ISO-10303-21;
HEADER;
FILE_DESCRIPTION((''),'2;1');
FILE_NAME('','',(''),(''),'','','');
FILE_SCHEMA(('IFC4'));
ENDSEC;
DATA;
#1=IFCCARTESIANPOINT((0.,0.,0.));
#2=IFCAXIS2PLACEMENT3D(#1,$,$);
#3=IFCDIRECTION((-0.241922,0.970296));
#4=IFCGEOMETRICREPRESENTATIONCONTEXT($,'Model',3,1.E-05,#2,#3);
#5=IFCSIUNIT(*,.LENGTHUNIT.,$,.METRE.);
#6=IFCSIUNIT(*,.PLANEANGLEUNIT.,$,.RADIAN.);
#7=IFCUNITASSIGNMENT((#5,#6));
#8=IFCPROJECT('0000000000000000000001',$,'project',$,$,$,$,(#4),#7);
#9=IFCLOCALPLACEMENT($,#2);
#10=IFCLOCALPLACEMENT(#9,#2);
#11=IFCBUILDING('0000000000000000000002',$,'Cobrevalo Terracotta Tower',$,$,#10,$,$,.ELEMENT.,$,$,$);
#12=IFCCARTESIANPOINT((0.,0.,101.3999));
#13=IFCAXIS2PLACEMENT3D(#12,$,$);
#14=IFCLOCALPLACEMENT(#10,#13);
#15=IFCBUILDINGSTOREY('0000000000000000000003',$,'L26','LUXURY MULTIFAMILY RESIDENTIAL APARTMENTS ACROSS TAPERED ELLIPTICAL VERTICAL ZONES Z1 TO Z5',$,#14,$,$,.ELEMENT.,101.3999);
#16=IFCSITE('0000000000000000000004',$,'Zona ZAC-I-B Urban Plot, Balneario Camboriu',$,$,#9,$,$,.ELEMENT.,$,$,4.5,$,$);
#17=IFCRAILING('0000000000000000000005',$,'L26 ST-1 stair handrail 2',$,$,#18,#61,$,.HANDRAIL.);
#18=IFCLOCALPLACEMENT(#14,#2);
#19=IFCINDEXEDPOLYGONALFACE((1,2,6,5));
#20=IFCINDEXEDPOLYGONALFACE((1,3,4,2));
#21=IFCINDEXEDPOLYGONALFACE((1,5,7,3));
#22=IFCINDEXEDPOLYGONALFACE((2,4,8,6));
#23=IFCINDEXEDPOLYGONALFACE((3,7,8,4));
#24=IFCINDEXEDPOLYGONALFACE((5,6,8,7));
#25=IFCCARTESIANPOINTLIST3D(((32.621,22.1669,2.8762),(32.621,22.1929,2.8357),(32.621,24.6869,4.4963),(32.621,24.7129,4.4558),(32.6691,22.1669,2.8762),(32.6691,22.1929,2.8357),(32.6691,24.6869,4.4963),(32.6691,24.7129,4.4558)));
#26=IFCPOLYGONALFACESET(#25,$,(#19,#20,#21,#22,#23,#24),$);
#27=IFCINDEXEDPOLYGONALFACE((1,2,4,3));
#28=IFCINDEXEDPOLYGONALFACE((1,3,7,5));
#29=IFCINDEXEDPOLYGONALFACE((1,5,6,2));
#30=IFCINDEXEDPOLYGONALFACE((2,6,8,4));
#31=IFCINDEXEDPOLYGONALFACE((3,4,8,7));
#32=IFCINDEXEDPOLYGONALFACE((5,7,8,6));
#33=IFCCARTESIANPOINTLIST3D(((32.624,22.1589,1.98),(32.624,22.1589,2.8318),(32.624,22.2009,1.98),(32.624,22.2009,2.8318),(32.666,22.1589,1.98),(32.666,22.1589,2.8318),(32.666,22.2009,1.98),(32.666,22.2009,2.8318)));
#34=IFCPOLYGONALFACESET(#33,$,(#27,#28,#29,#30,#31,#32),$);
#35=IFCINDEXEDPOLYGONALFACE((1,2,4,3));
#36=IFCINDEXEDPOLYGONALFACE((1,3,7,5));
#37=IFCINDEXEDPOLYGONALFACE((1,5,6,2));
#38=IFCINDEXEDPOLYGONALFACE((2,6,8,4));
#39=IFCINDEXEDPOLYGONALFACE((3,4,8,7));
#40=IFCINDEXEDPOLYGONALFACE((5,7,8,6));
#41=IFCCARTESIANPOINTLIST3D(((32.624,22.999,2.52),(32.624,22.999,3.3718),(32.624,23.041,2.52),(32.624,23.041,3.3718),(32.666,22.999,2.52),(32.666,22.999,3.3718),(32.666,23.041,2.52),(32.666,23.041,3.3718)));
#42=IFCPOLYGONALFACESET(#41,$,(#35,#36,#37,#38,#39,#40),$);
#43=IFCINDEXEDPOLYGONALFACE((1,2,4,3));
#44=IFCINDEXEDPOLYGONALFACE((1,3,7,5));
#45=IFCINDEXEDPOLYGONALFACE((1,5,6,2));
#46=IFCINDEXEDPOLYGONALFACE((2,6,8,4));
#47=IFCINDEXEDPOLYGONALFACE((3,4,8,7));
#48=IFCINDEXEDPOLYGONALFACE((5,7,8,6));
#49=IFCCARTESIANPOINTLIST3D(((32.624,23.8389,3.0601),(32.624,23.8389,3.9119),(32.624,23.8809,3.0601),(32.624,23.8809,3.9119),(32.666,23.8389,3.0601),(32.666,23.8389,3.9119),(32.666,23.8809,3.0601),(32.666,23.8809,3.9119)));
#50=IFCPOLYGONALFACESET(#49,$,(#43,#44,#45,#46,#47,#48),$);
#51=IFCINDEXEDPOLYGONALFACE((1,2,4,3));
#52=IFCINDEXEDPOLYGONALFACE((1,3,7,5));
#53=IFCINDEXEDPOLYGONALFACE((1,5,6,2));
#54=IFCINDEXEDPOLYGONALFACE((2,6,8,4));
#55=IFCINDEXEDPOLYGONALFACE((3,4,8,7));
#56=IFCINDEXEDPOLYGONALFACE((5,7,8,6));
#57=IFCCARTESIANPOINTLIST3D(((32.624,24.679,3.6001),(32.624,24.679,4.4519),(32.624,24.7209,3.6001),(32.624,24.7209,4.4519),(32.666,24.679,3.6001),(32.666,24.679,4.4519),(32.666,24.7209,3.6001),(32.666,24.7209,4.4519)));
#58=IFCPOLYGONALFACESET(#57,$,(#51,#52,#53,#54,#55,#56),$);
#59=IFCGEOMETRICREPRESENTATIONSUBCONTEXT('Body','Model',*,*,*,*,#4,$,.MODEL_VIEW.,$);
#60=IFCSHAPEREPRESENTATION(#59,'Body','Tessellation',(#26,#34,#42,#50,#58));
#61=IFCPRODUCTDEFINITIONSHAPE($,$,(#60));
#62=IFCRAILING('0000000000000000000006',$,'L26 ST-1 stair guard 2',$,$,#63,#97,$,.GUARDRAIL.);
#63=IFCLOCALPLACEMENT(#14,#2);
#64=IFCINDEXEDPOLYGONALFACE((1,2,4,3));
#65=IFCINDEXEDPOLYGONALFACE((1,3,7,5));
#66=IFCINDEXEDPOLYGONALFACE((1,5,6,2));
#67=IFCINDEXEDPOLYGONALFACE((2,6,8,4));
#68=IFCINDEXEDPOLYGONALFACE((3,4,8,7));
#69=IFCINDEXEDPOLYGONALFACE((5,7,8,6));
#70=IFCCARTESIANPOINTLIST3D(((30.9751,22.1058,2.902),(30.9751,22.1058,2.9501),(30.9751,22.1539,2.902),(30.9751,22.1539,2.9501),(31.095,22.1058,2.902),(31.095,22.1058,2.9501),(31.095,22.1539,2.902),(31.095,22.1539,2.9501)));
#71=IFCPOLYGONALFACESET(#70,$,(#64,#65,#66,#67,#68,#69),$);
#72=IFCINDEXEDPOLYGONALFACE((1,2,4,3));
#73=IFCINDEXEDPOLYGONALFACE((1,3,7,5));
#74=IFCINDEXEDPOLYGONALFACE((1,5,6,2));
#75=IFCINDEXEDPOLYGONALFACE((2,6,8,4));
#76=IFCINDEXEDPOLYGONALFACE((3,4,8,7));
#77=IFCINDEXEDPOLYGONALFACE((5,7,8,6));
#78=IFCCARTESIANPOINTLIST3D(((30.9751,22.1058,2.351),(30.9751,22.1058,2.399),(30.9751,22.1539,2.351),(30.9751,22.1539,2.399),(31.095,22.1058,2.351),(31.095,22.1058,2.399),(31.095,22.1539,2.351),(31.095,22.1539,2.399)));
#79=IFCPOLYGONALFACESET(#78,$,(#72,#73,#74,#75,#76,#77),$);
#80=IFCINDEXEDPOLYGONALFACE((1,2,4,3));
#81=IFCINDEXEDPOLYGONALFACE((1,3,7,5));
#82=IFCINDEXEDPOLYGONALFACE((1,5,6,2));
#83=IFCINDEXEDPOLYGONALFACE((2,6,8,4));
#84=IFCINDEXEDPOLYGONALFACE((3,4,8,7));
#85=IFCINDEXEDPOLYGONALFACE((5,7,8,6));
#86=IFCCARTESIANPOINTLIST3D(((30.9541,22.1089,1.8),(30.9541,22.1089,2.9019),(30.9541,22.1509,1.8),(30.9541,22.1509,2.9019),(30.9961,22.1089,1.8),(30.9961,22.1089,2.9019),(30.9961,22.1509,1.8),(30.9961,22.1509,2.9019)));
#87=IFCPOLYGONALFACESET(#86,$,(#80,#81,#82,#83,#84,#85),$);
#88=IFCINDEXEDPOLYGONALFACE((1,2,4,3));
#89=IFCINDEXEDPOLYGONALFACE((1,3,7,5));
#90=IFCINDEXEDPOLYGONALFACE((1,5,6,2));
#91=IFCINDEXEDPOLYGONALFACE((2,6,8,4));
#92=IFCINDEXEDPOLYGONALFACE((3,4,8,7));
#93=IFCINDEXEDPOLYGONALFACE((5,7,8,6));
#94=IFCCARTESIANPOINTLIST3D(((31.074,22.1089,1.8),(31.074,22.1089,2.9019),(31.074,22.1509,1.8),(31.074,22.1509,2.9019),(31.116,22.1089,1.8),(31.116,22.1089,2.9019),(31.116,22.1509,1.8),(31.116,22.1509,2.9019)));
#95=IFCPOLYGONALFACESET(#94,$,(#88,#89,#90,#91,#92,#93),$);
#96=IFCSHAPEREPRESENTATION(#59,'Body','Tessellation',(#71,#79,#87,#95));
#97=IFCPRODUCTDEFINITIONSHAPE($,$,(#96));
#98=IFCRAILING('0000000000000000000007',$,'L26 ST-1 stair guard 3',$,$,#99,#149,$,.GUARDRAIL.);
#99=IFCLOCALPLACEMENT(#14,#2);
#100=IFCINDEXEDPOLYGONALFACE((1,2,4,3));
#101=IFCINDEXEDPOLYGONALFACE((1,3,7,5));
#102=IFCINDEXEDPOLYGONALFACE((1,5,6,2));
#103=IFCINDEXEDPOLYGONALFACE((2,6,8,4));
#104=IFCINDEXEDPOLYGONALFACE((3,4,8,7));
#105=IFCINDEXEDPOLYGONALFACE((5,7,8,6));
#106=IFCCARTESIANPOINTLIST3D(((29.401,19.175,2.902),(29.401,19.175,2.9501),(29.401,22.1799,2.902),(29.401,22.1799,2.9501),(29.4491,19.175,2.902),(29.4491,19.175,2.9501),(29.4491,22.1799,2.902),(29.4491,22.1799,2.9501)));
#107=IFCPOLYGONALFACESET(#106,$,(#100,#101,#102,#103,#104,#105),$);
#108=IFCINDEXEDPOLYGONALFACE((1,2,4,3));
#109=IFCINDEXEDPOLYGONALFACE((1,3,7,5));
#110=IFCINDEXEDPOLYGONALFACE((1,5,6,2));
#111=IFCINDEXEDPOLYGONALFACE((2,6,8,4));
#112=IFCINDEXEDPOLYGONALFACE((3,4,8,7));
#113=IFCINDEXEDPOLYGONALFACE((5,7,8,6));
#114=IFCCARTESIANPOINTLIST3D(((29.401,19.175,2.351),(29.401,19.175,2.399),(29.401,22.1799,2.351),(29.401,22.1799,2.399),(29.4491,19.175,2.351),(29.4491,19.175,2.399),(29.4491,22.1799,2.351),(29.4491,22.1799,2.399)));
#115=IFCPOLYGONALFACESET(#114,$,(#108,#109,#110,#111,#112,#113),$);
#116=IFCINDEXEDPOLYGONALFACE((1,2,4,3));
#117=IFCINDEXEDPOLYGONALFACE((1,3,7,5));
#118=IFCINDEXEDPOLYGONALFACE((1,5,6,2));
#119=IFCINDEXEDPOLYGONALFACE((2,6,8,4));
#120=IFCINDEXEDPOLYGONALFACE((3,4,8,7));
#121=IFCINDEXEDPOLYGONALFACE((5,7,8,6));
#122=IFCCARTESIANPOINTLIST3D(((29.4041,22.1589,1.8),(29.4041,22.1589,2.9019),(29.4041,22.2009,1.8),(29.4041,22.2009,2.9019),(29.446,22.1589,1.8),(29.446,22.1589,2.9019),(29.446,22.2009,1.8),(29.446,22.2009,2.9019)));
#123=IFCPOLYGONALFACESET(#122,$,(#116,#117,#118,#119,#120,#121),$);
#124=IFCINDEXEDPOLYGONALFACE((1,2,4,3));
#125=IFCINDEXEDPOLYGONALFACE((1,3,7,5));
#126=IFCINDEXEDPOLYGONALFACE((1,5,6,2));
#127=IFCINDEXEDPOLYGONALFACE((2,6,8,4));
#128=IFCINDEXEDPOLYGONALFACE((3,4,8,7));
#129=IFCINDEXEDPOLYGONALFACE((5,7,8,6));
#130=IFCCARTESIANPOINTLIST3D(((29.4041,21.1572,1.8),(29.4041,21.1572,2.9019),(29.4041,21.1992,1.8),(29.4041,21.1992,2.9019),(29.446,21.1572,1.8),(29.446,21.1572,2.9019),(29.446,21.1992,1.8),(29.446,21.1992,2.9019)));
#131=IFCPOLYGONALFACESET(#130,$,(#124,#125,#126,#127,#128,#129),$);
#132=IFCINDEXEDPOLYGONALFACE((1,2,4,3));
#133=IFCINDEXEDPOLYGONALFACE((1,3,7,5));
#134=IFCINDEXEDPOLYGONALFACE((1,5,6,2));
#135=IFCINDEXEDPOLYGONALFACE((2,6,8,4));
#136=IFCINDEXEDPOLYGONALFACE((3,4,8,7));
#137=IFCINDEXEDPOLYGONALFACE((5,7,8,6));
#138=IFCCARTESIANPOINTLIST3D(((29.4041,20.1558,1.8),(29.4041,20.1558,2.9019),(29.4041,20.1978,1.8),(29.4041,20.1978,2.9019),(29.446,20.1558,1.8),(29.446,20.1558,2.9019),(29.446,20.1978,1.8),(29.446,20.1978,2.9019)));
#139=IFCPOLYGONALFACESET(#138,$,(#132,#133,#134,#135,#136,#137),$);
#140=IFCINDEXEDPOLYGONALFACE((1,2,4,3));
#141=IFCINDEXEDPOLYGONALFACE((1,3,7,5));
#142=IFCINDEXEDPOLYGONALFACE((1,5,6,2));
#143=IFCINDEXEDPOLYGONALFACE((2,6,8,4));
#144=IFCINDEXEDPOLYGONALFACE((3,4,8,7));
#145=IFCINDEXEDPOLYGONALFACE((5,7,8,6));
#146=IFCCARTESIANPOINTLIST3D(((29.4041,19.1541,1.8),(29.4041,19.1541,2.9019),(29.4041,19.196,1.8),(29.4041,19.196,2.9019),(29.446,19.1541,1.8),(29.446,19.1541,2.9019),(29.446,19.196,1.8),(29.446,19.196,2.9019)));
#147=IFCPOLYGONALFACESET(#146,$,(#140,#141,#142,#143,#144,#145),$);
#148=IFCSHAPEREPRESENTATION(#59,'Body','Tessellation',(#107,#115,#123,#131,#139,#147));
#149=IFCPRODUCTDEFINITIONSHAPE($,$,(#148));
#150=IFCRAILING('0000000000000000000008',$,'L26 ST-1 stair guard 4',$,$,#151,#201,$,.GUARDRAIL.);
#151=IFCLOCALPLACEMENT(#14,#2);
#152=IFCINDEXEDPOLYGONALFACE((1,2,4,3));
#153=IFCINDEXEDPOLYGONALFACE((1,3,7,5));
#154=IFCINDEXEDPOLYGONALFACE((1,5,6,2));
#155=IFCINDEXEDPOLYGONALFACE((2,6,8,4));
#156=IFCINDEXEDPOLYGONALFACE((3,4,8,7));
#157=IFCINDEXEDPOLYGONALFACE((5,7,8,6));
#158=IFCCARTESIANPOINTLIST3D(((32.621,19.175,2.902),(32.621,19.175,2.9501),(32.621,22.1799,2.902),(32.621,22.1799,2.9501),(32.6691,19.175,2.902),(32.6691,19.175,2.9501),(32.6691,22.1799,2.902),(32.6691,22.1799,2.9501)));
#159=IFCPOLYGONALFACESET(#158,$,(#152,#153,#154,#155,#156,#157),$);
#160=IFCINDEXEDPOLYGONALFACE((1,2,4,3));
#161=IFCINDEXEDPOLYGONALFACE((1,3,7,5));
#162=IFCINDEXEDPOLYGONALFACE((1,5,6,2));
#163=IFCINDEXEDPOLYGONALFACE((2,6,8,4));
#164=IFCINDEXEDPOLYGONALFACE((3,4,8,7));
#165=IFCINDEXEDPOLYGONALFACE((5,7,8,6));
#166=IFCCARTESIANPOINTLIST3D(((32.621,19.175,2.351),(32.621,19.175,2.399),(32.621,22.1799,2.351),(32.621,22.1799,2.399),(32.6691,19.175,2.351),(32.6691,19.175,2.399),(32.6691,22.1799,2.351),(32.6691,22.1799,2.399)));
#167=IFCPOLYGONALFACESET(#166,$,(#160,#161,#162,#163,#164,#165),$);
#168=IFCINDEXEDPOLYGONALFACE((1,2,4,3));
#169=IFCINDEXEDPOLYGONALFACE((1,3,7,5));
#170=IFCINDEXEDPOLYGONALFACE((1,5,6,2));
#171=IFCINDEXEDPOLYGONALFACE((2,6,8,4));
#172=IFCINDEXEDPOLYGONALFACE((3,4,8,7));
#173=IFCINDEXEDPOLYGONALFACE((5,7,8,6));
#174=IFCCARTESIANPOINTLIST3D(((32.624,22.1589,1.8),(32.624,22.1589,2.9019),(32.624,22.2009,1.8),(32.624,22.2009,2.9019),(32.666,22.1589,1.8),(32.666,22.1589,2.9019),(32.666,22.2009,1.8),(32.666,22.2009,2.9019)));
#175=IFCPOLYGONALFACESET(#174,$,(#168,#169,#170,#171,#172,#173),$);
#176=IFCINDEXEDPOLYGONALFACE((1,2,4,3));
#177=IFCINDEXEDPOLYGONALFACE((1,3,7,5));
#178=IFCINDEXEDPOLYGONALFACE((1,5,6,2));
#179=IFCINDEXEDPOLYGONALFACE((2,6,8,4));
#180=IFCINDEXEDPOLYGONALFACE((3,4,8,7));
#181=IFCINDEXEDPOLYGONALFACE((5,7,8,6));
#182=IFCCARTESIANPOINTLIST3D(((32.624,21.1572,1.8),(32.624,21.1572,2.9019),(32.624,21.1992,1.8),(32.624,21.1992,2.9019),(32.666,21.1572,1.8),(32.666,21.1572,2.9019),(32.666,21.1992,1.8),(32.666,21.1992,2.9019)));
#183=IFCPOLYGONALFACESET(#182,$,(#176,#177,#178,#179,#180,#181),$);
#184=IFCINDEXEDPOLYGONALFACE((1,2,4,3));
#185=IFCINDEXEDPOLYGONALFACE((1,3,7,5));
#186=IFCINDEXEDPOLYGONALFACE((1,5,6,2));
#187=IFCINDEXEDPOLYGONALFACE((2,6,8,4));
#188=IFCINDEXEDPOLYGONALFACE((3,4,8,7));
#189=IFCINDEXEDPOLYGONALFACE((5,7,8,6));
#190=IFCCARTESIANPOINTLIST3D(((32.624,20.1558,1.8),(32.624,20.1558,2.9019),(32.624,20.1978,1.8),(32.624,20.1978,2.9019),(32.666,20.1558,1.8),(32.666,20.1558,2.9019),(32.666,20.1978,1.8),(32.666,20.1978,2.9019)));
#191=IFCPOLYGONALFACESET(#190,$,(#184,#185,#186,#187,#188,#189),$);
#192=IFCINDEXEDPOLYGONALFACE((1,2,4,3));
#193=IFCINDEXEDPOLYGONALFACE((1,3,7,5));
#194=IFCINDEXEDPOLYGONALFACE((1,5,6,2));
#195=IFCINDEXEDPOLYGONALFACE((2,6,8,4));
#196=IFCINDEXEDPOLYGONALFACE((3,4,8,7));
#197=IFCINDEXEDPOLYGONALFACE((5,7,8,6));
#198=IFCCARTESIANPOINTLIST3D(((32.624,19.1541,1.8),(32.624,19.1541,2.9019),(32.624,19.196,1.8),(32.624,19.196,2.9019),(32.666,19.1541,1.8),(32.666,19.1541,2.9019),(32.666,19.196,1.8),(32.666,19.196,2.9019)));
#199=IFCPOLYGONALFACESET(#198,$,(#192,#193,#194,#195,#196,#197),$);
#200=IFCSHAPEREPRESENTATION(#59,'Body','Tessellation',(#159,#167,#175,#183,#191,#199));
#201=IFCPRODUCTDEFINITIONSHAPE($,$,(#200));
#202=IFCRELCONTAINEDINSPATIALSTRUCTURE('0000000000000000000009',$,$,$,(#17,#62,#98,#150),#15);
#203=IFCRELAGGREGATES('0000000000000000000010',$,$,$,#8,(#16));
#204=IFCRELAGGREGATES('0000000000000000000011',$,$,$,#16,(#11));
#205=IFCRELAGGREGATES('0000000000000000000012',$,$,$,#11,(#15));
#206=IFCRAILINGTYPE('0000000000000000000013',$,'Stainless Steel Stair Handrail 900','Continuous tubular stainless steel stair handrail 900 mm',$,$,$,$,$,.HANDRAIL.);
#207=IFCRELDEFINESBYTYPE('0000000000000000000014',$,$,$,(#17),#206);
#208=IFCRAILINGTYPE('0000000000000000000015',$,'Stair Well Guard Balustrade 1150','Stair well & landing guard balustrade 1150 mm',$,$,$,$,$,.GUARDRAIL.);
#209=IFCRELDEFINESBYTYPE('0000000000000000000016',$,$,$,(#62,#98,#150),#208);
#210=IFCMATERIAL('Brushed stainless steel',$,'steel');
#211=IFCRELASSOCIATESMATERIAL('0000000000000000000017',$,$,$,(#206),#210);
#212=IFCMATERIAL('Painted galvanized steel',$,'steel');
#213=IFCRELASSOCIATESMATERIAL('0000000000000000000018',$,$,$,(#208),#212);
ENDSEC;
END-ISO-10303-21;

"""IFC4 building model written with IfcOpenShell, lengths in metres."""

from ifc_helpers import new_model, si_unit, direction, frame, origin, origin_2d, place, context, subcontext, project, spatial, rectangle, extrude, material, type_object, element, save


model = new_model("IFC4")

# Units and contexts
model_context = context("Model", 3, precision=1e-05, world=origin(), true_north=direction((-0.241922, 0.970296)))
body_context = subcontext(model_context, "Body", "Model", "MODEL_VIEW")
ifc_project = project(units=[si_unit("LENGTHUNIT", "METRE"), si_unit("PLANEANGLEUNIT", "RADIAN")], contexts=[model_context])

# Site, building, storey
site_placement = place(None, origin())
site = spatial("IfcSite", under=ifc_project, at=site_placement, Name="Zona ZAC-I-B Urban Plot, Balneario Camboriu", CompositionType="ELEMENT", RefElevation=4.5)
building_placement = place(site_placement, origin())
building = spatial("IfcBuilding", under=site, at=building_placement, Name="Cobrevalo Terracotta Tower", CompositionType="ELEMENT")
storey_placement = place(building_placement, frame((0.0, 0.0, 101.3999)))
storey = spatial("IfcBuildingStorey", under=building, at=storey_placement, Name="L26", Description="LUXURY MULTIFAMILY RESIDENTIAL APARTMENTS ACROSS TAPERED ELLIPTICAL VERTICAL ZONES Z1 TO Z5", CompositionType="ELEMENT", Elevation=101.3999)

# Railings
ifc_material_1 = material(Name="Brushed stainless steel", Category="steel")
railing_type_1 = type_object("IfcRailingType", Name="Stainless Steel Stair Handrail 900", Description="Continuous tubular stainless steel stair handrail 900 mm", PredefinedType="HANDRAIL", material=ifc_material_1)
railing_1_placement = place(storey_placement, frame((32.645, 22.1799, 1.98)))
element("IfcRailing", 1, at=railing_1_placement, inside=storey, type_object=railing_type_1, Name="L26 ST-1 stair handrail 2", PredefinedType="HANDRAIL", context=body_context, shape_type="SweptSolid", body=[
    extrude(rectangle(XDim=0.0481, YDim=0.0481, at=origin_2d()), frame((0.0, 0.0, 0.876), z_axis=(0.0, 0.841163, 0.540782), x_axis=(-1.0, 0.0, 0.0)), (0.0, 0.0, 1.0), 2.9958),
    extrude(rectangle(XDim=0.042, YDim=0.042, at=origin_2d()), origin(), (0.0, 0.0, 1.0), 0.8518),
    extrude(rectangle(XDim=0.042, YDim=0.042, at=origin_2d()), frame((0.0, 0.8401, 0.54)), (0.0, 0.0, 1.0), 0.8518),
    extrude(rectangle(XDim=0.042, YDim=0.042, at=origin_2d()), frame((0.0, 1.6799, 1.0801)), (0.0, 0.0, 1.0), 0.8518),
    extrude(rectangle(XDim=0.042, YDim=0.042, at=origin_2d()), frame((0.0, 2.52, 1.6201)), (0.0, 0.0, 1.0), 0.8518),
])
ifc_material_2 = material(Name="Painted galvanized steel", Category="steel")
railing_type_2 = type_object("IfcRailingType", Name="Stair Well Guard Balustrade 1150", Description="Stair well & landing guard balustrade 1150 mm", PredefinedType="GUARDRAIL", material=ifc_material_2)
railing_2_placement = place(storey_placement, frame((30.9751, 22.1299, 1.8)))
element("IfcRailing", 2, at=railing_2_placement, inside=storey, type_object=railing_type_2, Name="L26 ST-1 stair guard 2", PredefinedType="GUARDRAIL", context=body_context, shape_type="SweptSolid", body=[
    extrude(rectangle(XDim=0.0481, YDim=0.0481, at=origin_2d()), frame((0.0, 0.0, 1.126), z_axis=(1.0, 0.0, 0.0), x_axis=(0.0, 1.0, 0.0)), (0.0, 0.0, 1.0), 0.1199),
    extrude(rectangle(XDim=0.0481, YDim=0.0481, at=origin_2d()), frame((0.0, 0.0, 0.575), z_axis=(1.0, 0.0, 0.0), x_axis=(0.0, 1.0, 0.0)), (0.0, 0.0, 1.0), 0.1199),
    extrude(rectangle(XDim=0.042, YDim=0.042, at=origin_2d()), origin(), (0.0, 0.0, 1.0), 1.1018),
    extrude(rectangle(XDim=0.042, YDim=0.042, at=origin_2d()), frame((0.1199, 0.0, 0.0)), (0.0, 0.0, 1.0), 1.1018),
])
for number, where, name in (
    (3, (29.425, 22.1799, 1.8), "L26 ST-1 stair guard 3"),
    (4, (32.645, 22.1799, 1.8), "L26 ST-1 stair guard 4"),
):
    element("IfcRailing", number, at=place(storey_placement, frame(where)), inside=storey, type_object=railing_type_2, Name=name, PredefinedType="GUARDRAIL", context=body_context, shape_type="SweptSolid", body=[
        extrude(rectangle(XDim=0.0481, YDim=0.0481, at=origin_2d()), frame((0.0, 0.0, 1.126), z_axis=(0.0, -1.0, 0.0), x_axis=(1.0, 0.0, 0.0)), (0.0, 0.0, 1.0), 3.0049),
        extrude(rectangle(XDim=0.0481, YDim=0.0481, at=origin_2d()), frame((0.0, 0.0, 0.575), z_axis=(0.0, -1.0, 0.0), x_axis=(1.0, 0.0, 0.0)), (0.0, 0.0, 1.0), 3.0049),
        extrude(rectangle(XDim=0.042, YDim=0.042, at=origin_2d()), origin(), (0.0, 0.0, 1.0), 1.1018),
        extrude(rectangle(XDim=0.042, YDim=0.042, at=origin_2d()), frame((0.0, -1.0017, 0.0)), (0.0, 0.0, 1.0), 1.1018),
        extrude(rectangle(XDim=0.042, YDim=0.042, at=origin_2d()), frame((0.0, -2.0032, 0.0)), (0.0, 0.0, 1.0), 1.1018),
        extrude(rectangle(XDim=0.042, YDim=0.042, at=origin_2d()), frame((0.0, -3.0049, 0.0)), (0.0, 0.0, 1.0), 1.1018),
    ])

save(model, "model.ifc")
